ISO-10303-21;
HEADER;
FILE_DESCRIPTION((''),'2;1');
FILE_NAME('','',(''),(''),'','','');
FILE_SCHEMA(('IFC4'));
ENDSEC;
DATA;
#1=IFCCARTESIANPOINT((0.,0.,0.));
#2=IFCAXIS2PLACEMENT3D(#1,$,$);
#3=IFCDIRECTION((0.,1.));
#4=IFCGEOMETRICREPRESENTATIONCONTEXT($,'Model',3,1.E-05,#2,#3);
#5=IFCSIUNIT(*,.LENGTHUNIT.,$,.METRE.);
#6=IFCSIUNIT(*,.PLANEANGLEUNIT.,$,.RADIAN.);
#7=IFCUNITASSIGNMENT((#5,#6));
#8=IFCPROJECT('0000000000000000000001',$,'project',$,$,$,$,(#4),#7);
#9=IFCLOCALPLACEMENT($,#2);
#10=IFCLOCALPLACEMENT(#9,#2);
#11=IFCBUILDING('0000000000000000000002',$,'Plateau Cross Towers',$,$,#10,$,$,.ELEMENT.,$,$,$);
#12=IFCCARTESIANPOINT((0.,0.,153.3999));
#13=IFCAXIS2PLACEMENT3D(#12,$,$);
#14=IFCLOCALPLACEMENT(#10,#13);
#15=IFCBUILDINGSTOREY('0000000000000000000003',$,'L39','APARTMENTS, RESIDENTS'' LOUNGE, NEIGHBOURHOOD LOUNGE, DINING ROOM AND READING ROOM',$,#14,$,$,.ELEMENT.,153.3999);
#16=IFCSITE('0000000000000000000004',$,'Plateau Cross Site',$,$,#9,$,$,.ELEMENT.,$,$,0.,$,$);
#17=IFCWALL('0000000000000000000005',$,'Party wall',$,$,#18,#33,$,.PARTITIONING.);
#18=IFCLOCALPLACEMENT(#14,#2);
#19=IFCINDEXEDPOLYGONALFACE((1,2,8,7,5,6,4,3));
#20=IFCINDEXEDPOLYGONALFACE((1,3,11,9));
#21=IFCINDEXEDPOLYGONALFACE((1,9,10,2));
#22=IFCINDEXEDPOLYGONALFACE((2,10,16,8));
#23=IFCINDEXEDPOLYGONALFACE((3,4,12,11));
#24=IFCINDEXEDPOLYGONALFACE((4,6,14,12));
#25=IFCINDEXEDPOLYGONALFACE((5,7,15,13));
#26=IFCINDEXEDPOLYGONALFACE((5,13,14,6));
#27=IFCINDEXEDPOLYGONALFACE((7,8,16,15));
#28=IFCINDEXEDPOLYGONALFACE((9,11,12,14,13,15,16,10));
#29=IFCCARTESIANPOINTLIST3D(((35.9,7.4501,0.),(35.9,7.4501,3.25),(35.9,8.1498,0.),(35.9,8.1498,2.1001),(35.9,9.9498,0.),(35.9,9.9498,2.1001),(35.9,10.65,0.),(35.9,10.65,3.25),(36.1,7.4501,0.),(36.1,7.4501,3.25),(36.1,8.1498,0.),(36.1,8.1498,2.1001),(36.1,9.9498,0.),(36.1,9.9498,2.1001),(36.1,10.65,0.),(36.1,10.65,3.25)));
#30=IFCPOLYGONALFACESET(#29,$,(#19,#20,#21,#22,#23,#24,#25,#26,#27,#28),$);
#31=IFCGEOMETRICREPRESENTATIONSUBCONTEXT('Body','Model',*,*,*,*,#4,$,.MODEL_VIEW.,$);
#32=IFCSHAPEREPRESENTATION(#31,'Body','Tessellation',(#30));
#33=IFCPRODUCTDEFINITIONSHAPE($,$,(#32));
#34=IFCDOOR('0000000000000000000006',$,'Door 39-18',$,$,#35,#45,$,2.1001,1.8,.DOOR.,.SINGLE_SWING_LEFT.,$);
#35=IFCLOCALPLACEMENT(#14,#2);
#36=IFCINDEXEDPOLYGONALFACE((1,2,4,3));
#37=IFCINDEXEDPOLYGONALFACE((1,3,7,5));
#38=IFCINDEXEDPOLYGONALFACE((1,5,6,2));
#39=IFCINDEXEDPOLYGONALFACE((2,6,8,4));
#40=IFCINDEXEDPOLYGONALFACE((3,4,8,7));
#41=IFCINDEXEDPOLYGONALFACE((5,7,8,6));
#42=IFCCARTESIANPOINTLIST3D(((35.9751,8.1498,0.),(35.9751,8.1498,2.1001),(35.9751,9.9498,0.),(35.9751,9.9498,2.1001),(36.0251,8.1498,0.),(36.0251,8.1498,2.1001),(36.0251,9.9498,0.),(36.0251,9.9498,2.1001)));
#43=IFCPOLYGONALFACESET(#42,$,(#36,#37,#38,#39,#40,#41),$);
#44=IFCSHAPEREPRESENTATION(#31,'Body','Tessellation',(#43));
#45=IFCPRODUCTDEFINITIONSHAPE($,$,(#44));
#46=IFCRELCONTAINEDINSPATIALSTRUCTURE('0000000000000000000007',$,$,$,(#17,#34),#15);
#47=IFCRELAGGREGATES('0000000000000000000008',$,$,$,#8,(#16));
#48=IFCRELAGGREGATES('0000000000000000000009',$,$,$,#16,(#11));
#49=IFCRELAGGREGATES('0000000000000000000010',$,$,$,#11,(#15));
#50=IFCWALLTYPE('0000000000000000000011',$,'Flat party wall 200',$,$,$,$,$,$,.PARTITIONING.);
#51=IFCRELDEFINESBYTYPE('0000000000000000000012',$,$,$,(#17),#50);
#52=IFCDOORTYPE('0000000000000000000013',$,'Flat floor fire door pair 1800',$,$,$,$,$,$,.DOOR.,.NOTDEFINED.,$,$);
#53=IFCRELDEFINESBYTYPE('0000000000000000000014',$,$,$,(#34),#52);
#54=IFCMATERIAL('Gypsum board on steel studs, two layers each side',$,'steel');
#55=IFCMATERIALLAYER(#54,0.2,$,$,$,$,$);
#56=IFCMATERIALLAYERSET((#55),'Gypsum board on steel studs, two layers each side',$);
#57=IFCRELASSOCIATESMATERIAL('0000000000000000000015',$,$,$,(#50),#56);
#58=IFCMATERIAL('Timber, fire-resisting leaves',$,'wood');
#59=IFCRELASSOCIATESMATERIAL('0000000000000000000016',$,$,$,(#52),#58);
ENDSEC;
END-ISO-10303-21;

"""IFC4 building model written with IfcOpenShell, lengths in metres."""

from ifc_helpers import new_model, si_unit, direction, frame, frame_2d, origin, place, context, subcontext, project, spatial, rectangle, extrude, material, layer, layer_set, type_object, element, fill, save


model = new_model("IFC4")

# Units and contexts
model_context = context("Model", 3, precision=1e-05, world=origin(), true_north=direction((0.0, 1.0)))
body_context = subcontext(model_context, "Body", "Model", "MODEL_VIEW")
ifc_project = project(units=[si_unit("LENGTHUNIT", "METRE"), si_unit("PLANEANGLEUNIT", "RADIAN")], contexts=[model_context])

# Site, building, storey
site_placement = place(None, origin())
site = spatial("IfcSite", under=ifc_project, at=site_placement, Name="Plateau Cross Site", CompositionType="ELEMENT", RefElevation=0.0)
building_placement = place(site_placement, origin())
building = spatial("IfcBuilding", under=site, at=building_placement, Name="Plateau Cross Towers", CompositionType="ELEMENT")
storey_placement = place(building_placement, frame((0.0, 0.0, 153.3999)))
storey = spatial("IfcBuildingStorey", under=building, at=storey_placement, Name="L39", Description="APARTMENTS, RESIDENTS' LOUNGE, NEIGHBOURHOOD LOUNGE, DINING ROOM AND READING ROOM", CompositionType="ELEMENT", Elevation=153.3999)

# Shared definitions
ifc_material_1 = material(Name="Gypsum board on steel studs, two layers each side", Category="steel")
ifc_layer_1 = layer(ifc_material_1, 0.2)
ifc_layer_set_1 = layer_set([ifc_layer_1], Name="Gypsum board on steel studs, two layers each side")
wall_type_1 = type_object("IfcWallType", Name="Flat party wall 200", PredefinedType="PARTITIONING", material=ifc_layer_set_1)

# Wall, opening, door
wall_1_placement = place(storey_placement, frame((36.0, 7.45, 0.0), z_axis=(0.0, 0.0, 1.0), x_axis=(0.0, 1.0, 0.0)))
wall_1 = element("IfcWall", 1, at=wall_1_placement, inside=storey, type_object=wall_type_1, Name="Party wall", PredefinedType="PARTITIONING", context=body_context, shape_type="SweptSolid", body=[
    extrude(rectangle(XDim=3.2, YDim=0.2, at=frame_2d((1.6001, 0.0))), origin(), (0.0, 0.0, 1.0), 3.25),
])
opening_1_placement = place(wall_1_placement, frame((0.7, 0.0, 0.0)))
opening_1 = element("IfcOpeningElement", 2, at=opening_1_placement, cuts=wall_1, PredefinedType="OPENING", context=body_context, shape_type="SweptSolid", body=[
    extrude(rectangle(XDim=1.8, YDim=2.1001, at=frame_2d((0.8999, 1.05))), frame((0.0, 0.1099, 0.0), z_axis=(0.0, -1.0, 0.0), x_axis=(1.0, 0.0, 0.0)), (0.0, 0.0, 1.0), 0.22),
])
ifc_material_2 = material(Name="Timber, fire-resisting leaves", Category="wood")
door_type_1 = type_object("IfcDoorType", Name="Flat floor fire door pair 1800", OperationType="NOTDEFINED", PredefinedType="DOOR", material=ifc_material_2)
door_1_placement = place(opening_1_placement, origin())
door_1 = element("IfcDoor", 3, at=door_1_placement, inside=storey, type_object=door_type_1, Name="Door 39-18", OperationType="SINGLE_SWING_LEFT", OverallHeight=2.1001, OverallWidth=1.8, PredefinedType="DOOR", context=body_context, shape_type="SweptSolid", body=[
    extrude(rectangle(XDim=1.8, YDim=2.1001, at=frame_2d((0.8999, 1.05))), frame((0.0, 0.0249, 0.0), z_axis=(0.0, -1.0, 0.0), x_axis=(1.0, 0.0, 0.0)), (0.0, 0.0, 1.0), 0.05),
])
fill(opening_1, door_1)

save(model, "model.ifc")
